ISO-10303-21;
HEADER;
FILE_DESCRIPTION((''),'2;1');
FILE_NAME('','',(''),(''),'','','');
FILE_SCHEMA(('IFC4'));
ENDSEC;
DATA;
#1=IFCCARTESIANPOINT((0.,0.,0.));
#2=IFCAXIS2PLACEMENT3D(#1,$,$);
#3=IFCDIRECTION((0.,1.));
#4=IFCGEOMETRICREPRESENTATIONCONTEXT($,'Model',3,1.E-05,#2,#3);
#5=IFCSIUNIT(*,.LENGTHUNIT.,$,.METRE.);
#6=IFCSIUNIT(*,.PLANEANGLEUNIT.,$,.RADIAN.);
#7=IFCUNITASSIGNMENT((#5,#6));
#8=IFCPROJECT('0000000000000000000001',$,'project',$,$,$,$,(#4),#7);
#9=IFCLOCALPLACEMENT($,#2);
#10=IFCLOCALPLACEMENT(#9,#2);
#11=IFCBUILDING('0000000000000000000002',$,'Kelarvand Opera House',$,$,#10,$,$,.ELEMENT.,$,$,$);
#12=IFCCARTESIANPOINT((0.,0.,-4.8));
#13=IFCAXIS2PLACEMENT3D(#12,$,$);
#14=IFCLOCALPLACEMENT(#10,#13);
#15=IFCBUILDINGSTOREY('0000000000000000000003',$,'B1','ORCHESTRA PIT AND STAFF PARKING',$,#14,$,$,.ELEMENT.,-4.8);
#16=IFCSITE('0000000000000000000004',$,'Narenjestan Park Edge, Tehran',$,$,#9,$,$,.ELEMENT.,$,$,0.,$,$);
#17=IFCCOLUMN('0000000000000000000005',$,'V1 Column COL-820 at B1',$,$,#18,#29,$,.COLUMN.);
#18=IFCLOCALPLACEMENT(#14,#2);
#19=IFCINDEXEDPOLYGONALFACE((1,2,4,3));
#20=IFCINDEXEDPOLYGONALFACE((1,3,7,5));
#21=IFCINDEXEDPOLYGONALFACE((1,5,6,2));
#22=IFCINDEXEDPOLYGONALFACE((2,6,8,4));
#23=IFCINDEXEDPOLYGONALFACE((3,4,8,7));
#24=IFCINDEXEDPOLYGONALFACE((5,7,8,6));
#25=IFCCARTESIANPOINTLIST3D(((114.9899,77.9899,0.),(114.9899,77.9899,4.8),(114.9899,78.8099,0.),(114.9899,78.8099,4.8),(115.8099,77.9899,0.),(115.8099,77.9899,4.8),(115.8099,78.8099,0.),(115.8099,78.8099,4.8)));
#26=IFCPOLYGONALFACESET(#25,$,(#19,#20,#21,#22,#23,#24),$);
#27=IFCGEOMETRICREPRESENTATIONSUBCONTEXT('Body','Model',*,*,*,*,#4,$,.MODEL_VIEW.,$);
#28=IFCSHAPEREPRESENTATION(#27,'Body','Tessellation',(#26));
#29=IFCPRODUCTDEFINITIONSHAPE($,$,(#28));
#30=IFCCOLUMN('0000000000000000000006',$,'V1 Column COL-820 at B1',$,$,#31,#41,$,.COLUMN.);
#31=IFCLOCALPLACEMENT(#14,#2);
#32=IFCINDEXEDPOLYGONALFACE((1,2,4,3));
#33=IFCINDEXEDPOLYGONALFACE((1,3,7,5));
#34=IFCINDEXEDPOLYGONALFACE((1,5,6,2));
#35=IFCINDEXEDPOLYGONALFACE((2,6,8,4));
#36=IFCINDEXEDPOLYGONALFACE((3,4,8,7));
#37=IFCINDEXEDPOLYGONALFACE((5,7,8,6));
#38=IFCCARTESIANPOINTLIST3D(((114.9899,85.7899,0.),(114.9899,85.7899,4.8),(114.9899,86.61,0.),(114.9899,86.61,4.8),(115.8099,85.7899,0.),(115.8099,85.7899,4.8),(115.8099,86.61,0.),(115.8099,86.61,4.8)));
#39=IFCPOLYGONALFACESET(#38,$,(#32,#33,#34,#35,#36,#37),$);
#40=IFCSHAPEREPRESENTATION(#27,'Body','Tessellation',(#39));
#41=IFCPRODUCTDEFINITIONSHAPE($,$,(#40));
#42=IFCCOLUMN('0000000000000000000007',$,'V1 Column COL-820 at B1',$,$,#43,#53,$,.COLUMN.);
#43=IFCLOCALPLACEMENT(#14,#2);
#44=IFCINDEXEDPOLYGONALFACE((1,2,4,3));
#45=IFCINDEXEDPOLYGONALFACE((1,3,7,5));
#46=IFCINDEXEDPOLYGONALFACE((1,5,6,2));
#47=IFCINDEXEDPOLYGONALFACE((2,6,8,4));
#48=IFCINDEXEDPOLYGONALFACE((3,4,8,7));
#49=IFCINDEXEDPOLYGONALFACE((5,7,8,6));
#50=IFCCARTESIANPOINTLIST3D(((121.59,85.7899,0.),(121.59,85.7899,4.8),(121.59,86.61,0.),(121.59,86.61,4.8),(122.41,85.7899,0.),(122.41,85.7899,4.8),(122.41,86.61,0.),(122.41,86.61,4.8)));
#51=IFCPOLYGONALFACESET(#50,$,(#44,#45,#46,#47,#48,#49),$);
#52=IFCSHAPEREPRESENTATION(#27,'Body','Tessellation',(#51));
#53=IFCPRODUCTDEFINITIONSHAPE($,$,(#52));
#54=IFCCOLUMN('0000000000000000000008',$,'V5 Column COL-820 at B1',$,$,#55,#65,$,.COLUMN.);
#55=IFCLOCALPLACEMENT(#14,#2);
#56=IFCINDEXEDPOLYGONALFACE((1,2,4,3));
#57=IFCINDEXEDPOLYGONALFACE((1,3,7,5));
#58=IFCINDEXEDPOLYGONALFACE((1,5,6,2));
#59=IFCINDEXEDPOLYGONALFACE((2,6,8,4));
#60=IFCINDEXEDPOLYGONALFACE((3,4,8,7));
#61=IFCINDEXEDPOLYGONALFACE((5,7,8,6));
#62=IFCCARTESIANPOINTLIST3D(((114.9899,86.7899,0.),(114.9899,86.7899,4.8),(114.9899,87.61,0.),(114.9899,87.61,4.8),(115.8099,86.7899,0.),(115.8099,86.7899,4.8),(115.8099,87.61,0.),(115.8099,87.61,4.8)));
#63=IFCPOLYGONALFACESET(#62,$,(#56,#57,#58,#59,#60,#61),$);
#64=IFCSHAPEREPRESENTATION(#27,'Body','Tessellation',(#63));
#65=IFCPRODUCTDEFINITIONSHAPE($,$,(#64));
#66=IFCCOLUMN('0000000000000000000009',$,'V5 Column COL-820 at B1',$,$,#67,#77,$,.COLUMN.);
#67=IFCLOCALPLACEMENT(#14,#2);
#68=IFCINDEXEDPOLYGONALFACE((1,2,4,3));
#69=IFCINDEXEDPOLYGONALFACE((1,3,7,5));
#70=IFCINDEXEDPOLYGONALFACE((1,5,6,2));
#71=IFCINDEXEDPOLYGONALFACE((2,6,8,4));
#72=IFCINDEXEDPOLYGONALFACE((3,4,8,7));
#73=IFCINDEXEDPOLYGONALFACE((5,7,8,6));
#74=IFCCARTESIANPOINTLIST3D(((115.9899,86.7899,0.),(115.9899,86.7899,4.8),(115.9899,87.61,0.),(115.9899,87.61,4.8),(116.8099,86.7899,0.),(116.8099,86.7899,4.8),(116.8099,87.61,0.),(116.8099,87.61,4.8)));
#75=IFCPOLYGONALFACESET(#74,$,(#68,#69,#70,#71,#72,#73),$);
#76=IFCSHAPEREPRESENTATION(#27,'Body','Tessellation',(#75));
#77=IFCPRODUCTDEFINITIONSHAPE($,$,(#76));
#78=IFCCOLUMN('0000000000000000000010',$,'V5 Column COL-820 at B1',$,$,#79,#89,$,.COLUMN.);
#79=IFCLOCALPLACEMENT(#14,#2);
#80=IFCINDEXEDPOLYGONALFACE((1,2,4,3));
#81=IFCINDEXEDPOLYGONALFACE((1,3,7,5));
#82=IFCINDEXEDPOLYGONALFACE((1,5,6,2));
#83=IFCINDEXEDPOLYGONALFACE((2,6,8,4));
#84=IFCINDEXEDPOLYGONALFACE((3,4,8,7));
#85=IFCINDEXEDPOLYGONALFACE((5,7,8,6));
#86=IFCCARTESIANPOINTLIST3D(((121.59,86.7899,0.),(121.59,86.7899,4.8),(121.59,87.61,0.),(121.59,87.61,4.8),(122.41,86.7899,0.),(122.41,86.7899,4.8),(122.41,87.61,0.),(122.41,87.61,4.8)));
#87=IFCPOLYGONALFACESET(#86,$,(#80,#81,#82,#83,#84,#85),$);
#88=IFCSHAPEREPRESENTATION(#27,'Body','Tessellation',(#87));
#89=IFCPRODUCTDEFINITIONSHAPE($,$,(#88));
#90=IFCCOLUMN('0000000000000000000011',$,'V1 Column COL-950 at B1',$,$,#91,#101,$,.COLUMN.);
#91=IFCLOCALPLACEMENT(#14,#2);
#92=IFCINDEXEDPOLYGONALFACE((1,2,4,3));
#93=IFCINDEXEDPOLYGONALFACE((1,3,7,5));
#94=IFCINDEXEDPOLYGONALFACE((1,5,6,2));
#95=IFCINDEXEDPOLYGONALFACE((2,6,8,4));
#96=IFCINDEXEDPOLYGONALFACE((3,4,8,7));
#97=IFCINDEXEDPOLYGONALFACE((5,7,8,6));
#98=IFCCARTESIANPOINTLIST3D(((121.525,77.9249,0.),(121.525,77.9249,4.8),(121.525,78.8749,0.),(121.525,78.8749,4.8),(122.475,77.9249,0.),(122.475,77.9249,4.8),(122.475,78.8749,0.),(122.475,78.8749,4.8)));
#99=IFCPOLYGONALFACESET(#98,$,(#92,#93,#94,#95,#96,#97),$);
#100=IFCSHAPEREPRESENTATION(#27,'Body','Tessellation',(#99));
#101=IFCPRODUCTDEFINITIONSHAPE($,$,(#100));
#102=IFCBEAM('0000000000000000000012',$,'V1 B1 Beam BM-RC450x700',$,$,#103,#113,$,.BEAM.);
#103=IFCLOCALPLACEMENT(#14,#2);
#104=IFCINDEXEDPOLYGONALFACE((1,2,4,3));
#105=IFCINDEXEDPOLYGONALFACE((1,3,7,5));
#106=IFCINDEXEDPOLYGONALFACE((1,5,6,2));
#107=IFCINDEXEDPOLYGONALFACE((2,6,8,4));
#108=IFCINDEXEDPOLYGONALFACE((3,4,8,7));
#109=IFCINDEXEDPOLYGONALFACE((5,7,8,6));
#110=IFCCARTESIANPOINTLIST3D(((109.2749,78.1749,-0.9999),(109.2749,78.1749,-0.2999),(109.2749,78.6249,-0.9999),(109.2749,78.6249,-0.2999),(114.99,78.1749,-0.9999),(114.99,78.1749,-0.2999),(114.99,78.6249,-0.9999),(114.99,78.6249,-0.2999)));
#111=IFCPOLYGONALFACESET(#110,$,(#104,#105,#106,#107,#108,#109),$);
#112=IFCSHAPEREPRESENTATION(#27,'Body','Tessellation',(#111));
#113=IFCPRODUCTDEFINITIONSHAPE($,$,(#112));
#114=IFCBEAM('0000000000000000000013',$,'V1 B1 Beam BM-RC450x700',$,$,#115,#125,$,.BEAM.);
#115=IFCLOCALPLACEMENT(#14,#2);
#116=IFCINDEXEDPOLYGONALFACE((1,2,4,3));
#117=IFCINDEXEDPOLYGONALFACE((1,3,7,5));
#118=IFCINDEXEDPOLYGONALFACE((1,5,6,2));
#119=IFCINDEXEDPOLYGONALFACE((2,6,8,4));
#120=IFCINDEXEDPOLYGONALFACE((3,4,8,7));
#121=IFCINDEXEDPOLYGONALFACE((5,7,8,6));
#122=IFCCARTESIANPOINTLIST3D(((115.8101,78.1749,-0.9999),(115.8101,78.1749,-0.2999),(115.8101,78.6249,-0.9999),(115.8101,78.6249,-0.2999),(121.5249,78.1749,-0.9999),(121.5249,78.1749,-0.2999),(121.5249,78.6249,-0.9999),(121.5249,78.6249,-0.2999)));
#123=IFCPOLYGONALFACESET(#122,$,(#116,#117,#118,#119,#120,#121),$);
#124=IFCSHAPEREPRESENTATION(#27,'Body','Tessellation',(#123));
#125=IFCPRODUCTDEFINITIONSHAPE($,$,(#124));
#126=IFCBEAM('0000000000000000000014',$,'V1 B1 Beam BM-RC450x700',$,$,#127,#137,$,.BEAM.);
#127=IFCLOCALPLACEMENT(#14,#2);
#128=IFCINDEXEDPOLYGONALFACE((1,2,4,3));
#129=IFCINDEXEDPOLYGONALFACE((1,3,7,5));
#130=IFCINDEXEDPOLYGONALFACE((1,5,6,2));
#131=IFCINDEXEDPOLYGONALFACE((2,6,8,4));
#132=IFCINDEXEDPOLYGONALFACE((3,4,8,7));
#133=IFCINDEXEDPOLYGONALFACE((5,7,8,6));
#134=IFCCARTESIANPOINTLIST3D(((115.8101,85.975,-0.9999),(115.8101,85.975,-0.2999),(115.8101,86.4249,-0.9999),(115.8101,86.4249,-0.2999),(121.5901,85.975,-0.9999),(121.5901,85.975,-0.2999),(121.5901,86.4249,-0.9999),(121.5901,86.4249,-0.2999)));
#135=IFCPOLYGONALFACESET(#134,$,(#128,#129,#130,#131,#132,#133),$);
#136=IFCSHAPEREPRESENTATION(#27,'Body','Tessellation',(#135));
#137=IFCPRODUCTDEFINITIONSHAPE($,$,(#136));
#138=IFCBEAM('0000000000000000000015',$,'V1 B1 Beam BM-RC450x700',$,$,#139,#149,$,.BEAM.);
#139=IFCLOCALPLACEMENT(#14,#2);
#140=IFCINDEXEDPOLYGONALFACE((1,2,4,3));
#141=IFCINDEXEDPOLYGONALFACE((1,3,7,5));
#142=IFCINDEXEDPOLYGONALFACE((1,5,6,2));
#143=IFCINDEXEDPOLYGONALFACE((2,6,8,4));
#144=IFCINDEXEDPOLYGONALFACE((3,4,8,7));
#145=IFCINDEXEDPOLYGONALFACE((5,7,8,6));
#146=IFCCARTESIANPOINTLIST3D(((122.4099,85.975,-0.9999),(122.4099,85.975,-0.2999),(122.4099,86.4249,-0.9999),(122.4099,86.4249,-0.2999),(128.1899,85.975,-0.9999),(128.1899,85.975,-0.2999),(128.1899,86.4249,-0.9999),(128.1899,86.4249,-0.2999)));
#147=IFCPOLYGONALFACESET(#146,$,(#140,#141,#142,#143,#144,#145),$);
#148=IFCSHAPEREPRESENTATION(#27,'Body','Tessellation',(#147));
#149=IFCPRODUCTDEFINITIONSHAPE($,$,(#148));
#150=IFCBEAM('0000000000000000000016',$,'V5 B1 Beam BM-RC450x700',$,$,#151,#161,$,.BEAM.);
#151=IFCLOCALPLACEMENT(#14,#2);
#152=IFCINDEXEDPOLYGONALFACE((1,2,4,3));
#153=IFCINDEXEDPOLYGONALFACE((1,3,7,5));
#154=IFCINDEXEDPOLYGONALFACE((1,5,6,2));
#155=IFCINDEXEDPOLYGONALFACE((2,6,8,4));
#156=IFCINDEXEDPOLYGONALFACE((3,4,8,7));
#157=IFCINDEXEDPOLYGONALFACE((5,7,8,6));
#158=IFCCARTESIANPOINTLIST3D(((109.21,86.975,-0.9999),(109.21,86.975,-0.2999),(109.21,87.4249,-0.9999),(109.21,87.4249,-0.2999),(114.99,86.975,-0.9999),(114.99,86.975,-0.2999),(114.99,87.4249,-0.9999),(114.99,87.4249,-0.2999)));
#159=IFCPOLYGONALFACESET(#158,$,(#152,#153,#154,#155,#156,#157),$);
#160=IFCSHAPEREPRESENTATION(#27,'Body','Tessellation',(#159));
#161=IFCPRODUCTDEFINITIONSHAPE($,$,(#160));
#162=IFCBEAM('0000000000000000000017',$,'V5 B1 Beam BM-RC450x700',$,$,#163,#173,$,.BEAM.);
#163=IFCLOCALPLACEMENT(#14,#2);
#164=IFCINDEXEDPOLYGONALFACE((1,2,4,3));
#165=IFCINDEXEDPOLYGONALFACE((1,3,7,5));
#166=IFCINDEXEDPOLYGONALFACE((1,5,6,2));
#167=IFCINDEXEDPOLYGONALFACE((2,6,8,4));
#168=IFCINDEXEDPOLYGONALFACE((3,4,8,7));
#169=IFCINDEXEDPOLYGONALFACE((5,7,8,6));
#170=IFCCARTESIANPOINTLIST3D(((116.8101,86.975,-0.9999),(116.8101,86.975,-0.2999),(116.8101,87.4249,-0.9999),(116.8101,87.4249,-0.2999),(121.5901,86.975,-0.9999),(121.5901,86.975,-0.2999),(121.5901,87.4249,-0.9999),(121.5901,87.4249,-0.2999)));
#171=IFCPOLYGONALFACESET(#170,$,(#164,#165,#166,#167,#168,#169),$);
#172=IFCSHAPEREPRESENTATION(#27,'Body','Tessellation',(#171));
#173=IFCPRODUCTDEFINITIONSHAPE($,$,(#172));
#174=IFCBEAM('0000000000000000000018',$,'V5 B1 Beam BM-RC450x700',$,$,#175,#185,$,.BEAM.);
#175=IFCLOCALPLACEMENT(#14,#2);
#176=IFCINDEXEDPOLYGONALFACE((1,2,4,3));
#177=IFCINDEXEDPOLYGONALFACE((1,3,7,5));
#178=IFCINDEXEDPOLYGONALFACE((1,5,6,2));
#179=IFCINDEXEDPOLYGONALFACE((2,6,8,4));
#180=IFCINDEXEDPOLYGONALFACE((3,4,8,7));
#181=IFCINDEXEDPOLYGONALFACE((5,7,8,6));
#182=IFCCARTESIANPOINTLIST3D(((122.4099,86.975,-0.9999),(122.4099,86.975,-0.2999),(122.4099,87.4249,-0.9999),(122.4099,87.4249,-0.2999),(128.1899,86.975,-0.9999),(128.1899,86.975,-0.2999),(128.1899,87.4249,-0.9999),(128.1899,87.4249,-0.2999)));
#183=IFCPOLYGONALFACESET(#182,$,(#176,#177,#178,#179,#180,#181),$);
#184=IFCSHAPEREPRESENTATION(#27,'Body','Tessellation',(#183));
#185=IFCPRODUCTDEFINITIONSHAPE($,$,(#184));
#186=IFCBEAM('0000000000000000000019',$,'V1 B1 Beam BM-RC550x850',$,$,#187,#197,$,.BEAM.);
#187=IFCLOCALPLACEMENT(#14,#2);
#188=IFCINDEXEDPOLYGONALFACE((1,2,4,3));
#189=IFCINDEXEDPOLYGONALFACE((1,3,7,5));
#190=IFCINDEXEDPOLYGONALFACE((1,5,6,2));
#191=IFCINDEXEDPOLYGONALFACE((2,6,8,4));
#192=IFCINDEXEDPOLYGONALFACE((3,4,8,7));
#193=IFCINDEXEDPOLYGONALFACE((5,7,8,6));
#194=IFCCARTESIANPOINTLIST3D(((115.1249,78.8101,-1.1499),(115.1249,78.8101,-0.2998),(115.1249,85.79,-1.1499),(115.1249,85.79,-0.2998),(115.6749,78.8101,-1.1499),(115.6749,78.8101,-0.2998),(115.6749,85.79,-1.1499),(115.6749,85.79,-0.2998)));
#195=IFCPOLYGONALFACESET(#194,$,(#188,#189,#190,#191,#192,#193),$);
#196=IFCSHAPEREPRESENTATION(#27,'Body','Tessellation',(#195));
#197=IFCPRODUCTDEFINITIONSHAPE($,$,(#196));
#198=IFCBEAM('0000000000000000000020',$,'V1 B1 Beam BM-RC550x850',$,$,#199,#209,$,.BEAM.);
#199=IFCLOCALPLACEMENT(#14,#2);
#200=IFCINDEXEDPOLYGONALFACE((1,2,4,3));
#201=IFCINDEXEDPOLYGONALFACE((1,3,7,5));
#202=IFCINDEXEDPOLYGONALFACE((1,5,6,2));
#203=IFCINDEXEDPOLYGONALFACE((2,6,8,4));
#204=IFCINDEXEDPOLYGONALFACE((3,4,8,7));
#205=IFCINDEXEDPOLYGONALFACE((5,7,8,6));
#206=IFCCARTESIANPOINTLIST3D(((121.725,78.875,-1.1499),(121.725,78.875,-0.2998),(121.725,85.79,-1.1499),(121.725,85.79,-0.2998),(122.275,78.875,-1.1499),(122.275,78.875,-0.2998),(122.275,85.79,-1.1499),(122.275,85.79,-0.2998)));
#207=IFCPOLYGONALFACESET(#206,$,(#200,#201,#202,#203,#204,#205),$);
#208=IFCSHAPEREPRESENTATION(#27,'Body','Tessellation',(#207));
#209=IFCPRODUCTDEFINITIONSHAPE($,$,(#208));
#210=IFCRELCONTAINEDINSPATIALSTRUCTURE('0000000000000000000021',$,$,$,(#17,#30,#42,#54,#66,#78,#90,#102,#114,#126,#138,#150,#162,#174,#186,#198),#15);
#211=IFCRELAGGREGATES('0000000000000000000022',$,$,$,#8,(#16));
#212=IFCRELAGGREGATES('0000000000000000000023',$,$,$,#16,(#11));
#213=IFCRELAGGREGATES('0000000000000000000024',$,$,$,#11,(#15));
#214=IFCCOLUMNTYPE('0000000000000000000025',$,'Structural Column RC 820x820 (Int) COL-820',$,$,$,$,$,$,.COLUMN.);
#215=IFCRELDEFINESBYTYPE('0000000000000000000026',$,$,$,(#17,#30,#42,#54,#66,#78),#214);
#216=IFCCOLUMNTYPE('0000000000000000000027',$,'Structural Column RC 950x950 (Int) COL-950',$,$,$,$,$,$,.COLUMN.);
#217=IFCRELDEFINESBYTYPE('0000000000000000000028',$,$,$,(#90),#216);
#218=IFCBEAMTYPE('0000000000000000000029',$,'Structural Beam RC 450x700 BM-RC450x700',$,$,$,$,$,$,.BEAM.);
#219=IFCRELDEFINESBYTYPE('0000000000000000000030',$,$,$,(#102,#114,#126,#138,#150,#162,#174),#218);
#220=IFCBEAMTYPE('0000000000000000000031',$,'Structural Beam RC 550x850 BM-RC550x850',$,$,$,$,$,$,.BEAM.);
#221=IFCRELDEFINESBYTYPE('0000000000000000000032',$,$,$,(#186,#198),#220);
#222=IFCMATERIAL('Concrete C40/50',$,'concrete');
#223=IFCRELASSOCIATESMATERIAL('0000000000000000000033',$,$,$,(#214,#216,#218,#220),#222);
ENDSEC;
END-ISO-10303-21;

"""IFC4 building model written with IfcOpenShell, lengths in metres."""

from ifc_helpers import new_model, si_unit, direction, frame, origin, origin_2d, place, context, subcontext, project, spatial, rectangle, extrude, material, material_profile, profile_set, type_object, element, save


model = new_model("IFC4")

# Units and contexts
model_context = context("Model", 3, precision=1e-05, world=origin(), true_north=direction((0.0, 1.0)))
body_context = subcontext(model_context, "Body", "Model", "MODEL_VIEW")
ifc_project = project(units=[si_unit("LENGTHUNIT", "METRE"), si_unit("PLANEANGLEUNIT", "RADIAN")], contexts=[model_context])

# Site, building, storey
site_placement = place(None, origin())
site = spatial("IfcSite", under=ifc_project, at=site_placement, Name="Narenjestan Park Edge, Tehran", CompositionType="ELEMENT", RefElevation=0.0)
building_placement = place(site_placement, origin())
building = spatial("IfcBuilding", under=site, at=building_placement, Name="Kelarvand Opera House", CompositionType="ELEMENT")
storey_placement = place(building_placement, frame((0.0, 0.0, -4.8)))
storey = spatial("IfcBuildingStorey", under=building, at=storey_placement, Name="B1", Description="ORCHESTRA PIT AND STAFF PARKING", CompositionType="ELEMENT", Elevation=-4.8)

# Columns
ifc_material_1 = material(Name="Concrete C40/50", Category="concrete")
ifc_material_profile_1 = material_profile(ifc_material_1, rectangle(XDim=0.8201, YDim=0.8201, at=origin_2d()), Name="RC 820x820", Category="concrete")
ifc_profile_set_1 = profile_set([ifc_material_profile_1], Name="Concrete C40/50")
column_type_1 = type_object("IfcColumnType", Name="Structural Column RC 820x820 (Int) COL-820", PredefinedType="COLUMN", material=ifc_profile_set_1)
for number, where, z_axis, x_axis, name in (
    (1, (115.3999, 78.3999, 0.0), (0.0, 0.0, 1.0), (1.0, 0.0, 0.0), "V1 Column COL-820 at B1"),
    (2, (115.3999, 86.2, 0.0), (0.0, 0.0, 1.0), (1.0, 0.0, 0.0), "V1 Column COL-820 at B1"),
    (3, (122.0, 86.2, 0.0), (0.0, 0.0, 1.0), (1.0, 0.0, 0.0), "V1 Column COL-820 at B1"),
    (4, (115.3999, 87.2, 0.0), (0.0, 0.0, 1.0), (1.0, 0.0, 0.0), "V5 Column COL-820 at B1"),
    (5, (116.3999, 87.2, 0.0), (0.0, 0.0, 1.0), (1.0, 0.0, 0.0), "V5 Column COL-820 at B1"),
    (6, (122.0, 87.2, 0.0), (0.0, 0.0, 1.0), (1.0, 0.0, 0.0), "V5 Column COL-820 at B1"),
):
    element("IfcColumn", number, at=place(storey_placement, frame(where, z_axis=z_axis, x_axis=x_axis)), inside=storey, type_object=column_type_1, Name=name, PredefinedType="COLUMN", context=body_context, shape_type="SweptSolid", body=[
        extrude(rectangle(XDim=0.8201, YDim=0.8201, at=origin_2d()), origin(), (0.0, 0.0, 1.0), 4.8),
    ])
ifc_material_profile_2 = material_profile(ifc_material_1, rectangle(XDim=0.95, YDim=0.95, at=origin_2d()), Name="RC 950x950", Category="concrete")
ifc_profile_set_2 = profile_set([ifc_material_profile_2], Name="Concrete C40/50")
column_type_2 = type_object("IfcColumnType", Name="Structural Column RC 950x950 (Int) COL-950", PredefinedType="COLUMN", material=ifc_profile_set_2)
column_placement = place(storey_placement, frame((122.0, 78.3999, 0.0), z_axis=(0.0, 0.0, 1.0), x_axis=(1.0, 0.0, 0.0)))
element("IfcColumn", 7, at=column_placement, inside=storey, type_object=column_type_2, Name="V1 Column COL-950 at B1", PredefinedType="COLUMN", context=body_context, shape_type="SweptSolid", body=[
    extrude(rectangle(XDim=0.95, YDim=0.95, at=origin_2d()), origin(), (0.0, 0.0, 1.0), 4.8),
])

# Beams
ifc_material_profile_3 = material_profile(ifc_material_1, rectangle(XDim=0.45, YDim=0.7, at=origin_2d()), Name="RC 450x700", Category="concrete")
ifc_profile_set_3 = profile_set([ifc_material_profile_3], Name="Concrete C40/50")
beam_type_1 = type_object("IfcBeamType", Name="Structural Beam RC 450x700 BM-RC450x700", PredefinedType="BEAM", material=ifc_profile_set_3)
beam_1_placement = place(storey_placement, frame((109.2749, 78.3999, -0.6499), z_axis=(1.0, 0.0, 0.0), x_axis=(0.0, 1.0, 0.0)))
element("IfcBeam", 8, at=beam_1_placement, inside=storey, type_object=beam_type_1, Name="V1 B1 Beam BM-RC450x700", PredefinedType="BEAM", context=body_context, shape_type="SweptSolid", body=[
    extrude(rectangle(XDim=0.45, YDim=0.7, at=origin_2d()), origin(), (0.0, 0.0, 1.0), 5.7151),
])
beam_2_placement = place(storey_placement, frame((115.8101, 78.3999, -0.6499), z_axis=(1.0, 0.0, 0.0), x_axis=(0.0, 1.0, 0.0)))
element("IfcBeam", 9, at=beam_2_placement, inside=storey, type_object=beam_type_1, Name="V1 B1 Beam BM-RC450x700", PredefinedType="BEAM", context=body_context, shape_type="SweptSolid", body=[
    extrude(rectangle(XDim=0.45, YDim=0.7, at=origin_2d()), origin(), (0.0, 0.0, 1.0), 5.7148),
])
for number, where, z_axis, x_axis, name in (
    (10, (115.8101, 86.2, -0.6499), (1.0, 0.0, 0.0), (0.0, 1.0, 0.0), "V1 B1 Beam BM-RC450x700"),
    (11, (122.4099, 86.2, -0.6499), (1.0, 0.0, 0.0), (0.0, 1.0, 0.0), "V1 B1 Beam BM-RC450x700"),
    (12, (109.21, 87.2, -0.6499), (1.0, 0.0, 0.0), (0.0, 1.0, 0.0), "V5 B1 Beam BM-RC450x700"),
):
    element("IfcBeam", number, at=place(storey_placement, frame(where, z_axis=z_axis, x_axis=x_axis)), inside=storey, type_object=beam_type_1, Name=name, PredefinedType="BEAM", context=body_context, shape_type="SweptSolid", body=[
        extrude(rectangle(XDim=0.45, YDim=0.7, at=origin_2d()), origin(), (0.0, 0.0, 1.0), 5.78),
    ])
beam_3_placement = place(storey_placement, frame((116.8101, 87.2, -0.6499), z_axis=(1.0, 0.0, 0.0), x_axis=(0.0, 1.0, 0.0)))
element("IfcBeam", 13, at=beam_3_placement, inside=storey, type_object=beam_type_1, Name="V5 B1 Beam BM-RC450x700", PredefinedType="BEAM", context=body_context, shape_type="SweptSolid", body=[
    extrude(rectangle(XDim=0.45, YDim=0.7, at=origin_2d()), origin(), (0.0, 0.0, 1.0), 4.78),
])
beam_4_placement = place(storey_placement, frame((122.4099, 87.2, -0.6499), z_axis=(1.0, 0.0, 0.0), x_axis=(0.0, 1.0, 0.0)))
element("IfcBeam", 14, at=beam_4_placement, inside=storey, type_object=beam_type_1, Name="V5 B1 Beam BM-RC450x700", PredefinedType="BEAM", context=body_context, shape_type="SweptSolid", body=[
    extrude(rectangle(XDim=0.45, YDim=0.7, at=origin_2d()), origin(), (0.0, 0.0, 1.0), 5.78),
])
ifc_material_profile_4 = material_profile(ifc_material_1, rectangle(XDim=0.55, YDim=0.8501, at=origin_2d()), Name="RC 550x850", Category="concrete")
ifc_profile_set_4 = profile_set([ifc_material_profile_4], Name="Concrete C40/50")
beam_type_2 = type_object("IfcBeamType", Name="Structural Beam RC 550x850 BM-RC550x850", PredefinedType="BEAM", material=ifc_profile_set_4)
beam_5_placement = place(storey_placement, frame((115.3999, 78.8101, -0.7249), z_axis=(0.0, 1.0, 0.0), x_axis=(-1.0, 0.0, 0.0)))
element("IfcBeam", 15, at=beam_5_placement, inside=storey, type_object=beam_type_2, Name="V1 B1 Beam BM-RC550x850", PredefinedType="BEAM", context=body_context, shape_type="SweptSolid", body=[
    extrude(rectangle(XDim=0.55, YDim=0.8501, at=origin_2d()), origin(), (0.0, 0.0, 1.0), 6.98),
])
beam_6_placement = place(storey_placement, frame((122.0, 78.875, -0.7249), z_axis=(0.0, 1.0, 0.0), x_axis=(-1.0, 0.0, 0.0)))
element("IfcBeam", 16, at=beam_6_placement, inside=storey, type_object=beam_type_2, Name="V1 B1 Beam BM-RC550x850", PredefinedType="BEAM", context=body_context, shape_type="SweptSolid", body=[
    extrude(rectangle(XDim=0.55, YDim=0.8501, at=origin_2d()), origin(), (0.0, 0.0, 1.0), 6.915),
])

save(model, "model.ifc")
